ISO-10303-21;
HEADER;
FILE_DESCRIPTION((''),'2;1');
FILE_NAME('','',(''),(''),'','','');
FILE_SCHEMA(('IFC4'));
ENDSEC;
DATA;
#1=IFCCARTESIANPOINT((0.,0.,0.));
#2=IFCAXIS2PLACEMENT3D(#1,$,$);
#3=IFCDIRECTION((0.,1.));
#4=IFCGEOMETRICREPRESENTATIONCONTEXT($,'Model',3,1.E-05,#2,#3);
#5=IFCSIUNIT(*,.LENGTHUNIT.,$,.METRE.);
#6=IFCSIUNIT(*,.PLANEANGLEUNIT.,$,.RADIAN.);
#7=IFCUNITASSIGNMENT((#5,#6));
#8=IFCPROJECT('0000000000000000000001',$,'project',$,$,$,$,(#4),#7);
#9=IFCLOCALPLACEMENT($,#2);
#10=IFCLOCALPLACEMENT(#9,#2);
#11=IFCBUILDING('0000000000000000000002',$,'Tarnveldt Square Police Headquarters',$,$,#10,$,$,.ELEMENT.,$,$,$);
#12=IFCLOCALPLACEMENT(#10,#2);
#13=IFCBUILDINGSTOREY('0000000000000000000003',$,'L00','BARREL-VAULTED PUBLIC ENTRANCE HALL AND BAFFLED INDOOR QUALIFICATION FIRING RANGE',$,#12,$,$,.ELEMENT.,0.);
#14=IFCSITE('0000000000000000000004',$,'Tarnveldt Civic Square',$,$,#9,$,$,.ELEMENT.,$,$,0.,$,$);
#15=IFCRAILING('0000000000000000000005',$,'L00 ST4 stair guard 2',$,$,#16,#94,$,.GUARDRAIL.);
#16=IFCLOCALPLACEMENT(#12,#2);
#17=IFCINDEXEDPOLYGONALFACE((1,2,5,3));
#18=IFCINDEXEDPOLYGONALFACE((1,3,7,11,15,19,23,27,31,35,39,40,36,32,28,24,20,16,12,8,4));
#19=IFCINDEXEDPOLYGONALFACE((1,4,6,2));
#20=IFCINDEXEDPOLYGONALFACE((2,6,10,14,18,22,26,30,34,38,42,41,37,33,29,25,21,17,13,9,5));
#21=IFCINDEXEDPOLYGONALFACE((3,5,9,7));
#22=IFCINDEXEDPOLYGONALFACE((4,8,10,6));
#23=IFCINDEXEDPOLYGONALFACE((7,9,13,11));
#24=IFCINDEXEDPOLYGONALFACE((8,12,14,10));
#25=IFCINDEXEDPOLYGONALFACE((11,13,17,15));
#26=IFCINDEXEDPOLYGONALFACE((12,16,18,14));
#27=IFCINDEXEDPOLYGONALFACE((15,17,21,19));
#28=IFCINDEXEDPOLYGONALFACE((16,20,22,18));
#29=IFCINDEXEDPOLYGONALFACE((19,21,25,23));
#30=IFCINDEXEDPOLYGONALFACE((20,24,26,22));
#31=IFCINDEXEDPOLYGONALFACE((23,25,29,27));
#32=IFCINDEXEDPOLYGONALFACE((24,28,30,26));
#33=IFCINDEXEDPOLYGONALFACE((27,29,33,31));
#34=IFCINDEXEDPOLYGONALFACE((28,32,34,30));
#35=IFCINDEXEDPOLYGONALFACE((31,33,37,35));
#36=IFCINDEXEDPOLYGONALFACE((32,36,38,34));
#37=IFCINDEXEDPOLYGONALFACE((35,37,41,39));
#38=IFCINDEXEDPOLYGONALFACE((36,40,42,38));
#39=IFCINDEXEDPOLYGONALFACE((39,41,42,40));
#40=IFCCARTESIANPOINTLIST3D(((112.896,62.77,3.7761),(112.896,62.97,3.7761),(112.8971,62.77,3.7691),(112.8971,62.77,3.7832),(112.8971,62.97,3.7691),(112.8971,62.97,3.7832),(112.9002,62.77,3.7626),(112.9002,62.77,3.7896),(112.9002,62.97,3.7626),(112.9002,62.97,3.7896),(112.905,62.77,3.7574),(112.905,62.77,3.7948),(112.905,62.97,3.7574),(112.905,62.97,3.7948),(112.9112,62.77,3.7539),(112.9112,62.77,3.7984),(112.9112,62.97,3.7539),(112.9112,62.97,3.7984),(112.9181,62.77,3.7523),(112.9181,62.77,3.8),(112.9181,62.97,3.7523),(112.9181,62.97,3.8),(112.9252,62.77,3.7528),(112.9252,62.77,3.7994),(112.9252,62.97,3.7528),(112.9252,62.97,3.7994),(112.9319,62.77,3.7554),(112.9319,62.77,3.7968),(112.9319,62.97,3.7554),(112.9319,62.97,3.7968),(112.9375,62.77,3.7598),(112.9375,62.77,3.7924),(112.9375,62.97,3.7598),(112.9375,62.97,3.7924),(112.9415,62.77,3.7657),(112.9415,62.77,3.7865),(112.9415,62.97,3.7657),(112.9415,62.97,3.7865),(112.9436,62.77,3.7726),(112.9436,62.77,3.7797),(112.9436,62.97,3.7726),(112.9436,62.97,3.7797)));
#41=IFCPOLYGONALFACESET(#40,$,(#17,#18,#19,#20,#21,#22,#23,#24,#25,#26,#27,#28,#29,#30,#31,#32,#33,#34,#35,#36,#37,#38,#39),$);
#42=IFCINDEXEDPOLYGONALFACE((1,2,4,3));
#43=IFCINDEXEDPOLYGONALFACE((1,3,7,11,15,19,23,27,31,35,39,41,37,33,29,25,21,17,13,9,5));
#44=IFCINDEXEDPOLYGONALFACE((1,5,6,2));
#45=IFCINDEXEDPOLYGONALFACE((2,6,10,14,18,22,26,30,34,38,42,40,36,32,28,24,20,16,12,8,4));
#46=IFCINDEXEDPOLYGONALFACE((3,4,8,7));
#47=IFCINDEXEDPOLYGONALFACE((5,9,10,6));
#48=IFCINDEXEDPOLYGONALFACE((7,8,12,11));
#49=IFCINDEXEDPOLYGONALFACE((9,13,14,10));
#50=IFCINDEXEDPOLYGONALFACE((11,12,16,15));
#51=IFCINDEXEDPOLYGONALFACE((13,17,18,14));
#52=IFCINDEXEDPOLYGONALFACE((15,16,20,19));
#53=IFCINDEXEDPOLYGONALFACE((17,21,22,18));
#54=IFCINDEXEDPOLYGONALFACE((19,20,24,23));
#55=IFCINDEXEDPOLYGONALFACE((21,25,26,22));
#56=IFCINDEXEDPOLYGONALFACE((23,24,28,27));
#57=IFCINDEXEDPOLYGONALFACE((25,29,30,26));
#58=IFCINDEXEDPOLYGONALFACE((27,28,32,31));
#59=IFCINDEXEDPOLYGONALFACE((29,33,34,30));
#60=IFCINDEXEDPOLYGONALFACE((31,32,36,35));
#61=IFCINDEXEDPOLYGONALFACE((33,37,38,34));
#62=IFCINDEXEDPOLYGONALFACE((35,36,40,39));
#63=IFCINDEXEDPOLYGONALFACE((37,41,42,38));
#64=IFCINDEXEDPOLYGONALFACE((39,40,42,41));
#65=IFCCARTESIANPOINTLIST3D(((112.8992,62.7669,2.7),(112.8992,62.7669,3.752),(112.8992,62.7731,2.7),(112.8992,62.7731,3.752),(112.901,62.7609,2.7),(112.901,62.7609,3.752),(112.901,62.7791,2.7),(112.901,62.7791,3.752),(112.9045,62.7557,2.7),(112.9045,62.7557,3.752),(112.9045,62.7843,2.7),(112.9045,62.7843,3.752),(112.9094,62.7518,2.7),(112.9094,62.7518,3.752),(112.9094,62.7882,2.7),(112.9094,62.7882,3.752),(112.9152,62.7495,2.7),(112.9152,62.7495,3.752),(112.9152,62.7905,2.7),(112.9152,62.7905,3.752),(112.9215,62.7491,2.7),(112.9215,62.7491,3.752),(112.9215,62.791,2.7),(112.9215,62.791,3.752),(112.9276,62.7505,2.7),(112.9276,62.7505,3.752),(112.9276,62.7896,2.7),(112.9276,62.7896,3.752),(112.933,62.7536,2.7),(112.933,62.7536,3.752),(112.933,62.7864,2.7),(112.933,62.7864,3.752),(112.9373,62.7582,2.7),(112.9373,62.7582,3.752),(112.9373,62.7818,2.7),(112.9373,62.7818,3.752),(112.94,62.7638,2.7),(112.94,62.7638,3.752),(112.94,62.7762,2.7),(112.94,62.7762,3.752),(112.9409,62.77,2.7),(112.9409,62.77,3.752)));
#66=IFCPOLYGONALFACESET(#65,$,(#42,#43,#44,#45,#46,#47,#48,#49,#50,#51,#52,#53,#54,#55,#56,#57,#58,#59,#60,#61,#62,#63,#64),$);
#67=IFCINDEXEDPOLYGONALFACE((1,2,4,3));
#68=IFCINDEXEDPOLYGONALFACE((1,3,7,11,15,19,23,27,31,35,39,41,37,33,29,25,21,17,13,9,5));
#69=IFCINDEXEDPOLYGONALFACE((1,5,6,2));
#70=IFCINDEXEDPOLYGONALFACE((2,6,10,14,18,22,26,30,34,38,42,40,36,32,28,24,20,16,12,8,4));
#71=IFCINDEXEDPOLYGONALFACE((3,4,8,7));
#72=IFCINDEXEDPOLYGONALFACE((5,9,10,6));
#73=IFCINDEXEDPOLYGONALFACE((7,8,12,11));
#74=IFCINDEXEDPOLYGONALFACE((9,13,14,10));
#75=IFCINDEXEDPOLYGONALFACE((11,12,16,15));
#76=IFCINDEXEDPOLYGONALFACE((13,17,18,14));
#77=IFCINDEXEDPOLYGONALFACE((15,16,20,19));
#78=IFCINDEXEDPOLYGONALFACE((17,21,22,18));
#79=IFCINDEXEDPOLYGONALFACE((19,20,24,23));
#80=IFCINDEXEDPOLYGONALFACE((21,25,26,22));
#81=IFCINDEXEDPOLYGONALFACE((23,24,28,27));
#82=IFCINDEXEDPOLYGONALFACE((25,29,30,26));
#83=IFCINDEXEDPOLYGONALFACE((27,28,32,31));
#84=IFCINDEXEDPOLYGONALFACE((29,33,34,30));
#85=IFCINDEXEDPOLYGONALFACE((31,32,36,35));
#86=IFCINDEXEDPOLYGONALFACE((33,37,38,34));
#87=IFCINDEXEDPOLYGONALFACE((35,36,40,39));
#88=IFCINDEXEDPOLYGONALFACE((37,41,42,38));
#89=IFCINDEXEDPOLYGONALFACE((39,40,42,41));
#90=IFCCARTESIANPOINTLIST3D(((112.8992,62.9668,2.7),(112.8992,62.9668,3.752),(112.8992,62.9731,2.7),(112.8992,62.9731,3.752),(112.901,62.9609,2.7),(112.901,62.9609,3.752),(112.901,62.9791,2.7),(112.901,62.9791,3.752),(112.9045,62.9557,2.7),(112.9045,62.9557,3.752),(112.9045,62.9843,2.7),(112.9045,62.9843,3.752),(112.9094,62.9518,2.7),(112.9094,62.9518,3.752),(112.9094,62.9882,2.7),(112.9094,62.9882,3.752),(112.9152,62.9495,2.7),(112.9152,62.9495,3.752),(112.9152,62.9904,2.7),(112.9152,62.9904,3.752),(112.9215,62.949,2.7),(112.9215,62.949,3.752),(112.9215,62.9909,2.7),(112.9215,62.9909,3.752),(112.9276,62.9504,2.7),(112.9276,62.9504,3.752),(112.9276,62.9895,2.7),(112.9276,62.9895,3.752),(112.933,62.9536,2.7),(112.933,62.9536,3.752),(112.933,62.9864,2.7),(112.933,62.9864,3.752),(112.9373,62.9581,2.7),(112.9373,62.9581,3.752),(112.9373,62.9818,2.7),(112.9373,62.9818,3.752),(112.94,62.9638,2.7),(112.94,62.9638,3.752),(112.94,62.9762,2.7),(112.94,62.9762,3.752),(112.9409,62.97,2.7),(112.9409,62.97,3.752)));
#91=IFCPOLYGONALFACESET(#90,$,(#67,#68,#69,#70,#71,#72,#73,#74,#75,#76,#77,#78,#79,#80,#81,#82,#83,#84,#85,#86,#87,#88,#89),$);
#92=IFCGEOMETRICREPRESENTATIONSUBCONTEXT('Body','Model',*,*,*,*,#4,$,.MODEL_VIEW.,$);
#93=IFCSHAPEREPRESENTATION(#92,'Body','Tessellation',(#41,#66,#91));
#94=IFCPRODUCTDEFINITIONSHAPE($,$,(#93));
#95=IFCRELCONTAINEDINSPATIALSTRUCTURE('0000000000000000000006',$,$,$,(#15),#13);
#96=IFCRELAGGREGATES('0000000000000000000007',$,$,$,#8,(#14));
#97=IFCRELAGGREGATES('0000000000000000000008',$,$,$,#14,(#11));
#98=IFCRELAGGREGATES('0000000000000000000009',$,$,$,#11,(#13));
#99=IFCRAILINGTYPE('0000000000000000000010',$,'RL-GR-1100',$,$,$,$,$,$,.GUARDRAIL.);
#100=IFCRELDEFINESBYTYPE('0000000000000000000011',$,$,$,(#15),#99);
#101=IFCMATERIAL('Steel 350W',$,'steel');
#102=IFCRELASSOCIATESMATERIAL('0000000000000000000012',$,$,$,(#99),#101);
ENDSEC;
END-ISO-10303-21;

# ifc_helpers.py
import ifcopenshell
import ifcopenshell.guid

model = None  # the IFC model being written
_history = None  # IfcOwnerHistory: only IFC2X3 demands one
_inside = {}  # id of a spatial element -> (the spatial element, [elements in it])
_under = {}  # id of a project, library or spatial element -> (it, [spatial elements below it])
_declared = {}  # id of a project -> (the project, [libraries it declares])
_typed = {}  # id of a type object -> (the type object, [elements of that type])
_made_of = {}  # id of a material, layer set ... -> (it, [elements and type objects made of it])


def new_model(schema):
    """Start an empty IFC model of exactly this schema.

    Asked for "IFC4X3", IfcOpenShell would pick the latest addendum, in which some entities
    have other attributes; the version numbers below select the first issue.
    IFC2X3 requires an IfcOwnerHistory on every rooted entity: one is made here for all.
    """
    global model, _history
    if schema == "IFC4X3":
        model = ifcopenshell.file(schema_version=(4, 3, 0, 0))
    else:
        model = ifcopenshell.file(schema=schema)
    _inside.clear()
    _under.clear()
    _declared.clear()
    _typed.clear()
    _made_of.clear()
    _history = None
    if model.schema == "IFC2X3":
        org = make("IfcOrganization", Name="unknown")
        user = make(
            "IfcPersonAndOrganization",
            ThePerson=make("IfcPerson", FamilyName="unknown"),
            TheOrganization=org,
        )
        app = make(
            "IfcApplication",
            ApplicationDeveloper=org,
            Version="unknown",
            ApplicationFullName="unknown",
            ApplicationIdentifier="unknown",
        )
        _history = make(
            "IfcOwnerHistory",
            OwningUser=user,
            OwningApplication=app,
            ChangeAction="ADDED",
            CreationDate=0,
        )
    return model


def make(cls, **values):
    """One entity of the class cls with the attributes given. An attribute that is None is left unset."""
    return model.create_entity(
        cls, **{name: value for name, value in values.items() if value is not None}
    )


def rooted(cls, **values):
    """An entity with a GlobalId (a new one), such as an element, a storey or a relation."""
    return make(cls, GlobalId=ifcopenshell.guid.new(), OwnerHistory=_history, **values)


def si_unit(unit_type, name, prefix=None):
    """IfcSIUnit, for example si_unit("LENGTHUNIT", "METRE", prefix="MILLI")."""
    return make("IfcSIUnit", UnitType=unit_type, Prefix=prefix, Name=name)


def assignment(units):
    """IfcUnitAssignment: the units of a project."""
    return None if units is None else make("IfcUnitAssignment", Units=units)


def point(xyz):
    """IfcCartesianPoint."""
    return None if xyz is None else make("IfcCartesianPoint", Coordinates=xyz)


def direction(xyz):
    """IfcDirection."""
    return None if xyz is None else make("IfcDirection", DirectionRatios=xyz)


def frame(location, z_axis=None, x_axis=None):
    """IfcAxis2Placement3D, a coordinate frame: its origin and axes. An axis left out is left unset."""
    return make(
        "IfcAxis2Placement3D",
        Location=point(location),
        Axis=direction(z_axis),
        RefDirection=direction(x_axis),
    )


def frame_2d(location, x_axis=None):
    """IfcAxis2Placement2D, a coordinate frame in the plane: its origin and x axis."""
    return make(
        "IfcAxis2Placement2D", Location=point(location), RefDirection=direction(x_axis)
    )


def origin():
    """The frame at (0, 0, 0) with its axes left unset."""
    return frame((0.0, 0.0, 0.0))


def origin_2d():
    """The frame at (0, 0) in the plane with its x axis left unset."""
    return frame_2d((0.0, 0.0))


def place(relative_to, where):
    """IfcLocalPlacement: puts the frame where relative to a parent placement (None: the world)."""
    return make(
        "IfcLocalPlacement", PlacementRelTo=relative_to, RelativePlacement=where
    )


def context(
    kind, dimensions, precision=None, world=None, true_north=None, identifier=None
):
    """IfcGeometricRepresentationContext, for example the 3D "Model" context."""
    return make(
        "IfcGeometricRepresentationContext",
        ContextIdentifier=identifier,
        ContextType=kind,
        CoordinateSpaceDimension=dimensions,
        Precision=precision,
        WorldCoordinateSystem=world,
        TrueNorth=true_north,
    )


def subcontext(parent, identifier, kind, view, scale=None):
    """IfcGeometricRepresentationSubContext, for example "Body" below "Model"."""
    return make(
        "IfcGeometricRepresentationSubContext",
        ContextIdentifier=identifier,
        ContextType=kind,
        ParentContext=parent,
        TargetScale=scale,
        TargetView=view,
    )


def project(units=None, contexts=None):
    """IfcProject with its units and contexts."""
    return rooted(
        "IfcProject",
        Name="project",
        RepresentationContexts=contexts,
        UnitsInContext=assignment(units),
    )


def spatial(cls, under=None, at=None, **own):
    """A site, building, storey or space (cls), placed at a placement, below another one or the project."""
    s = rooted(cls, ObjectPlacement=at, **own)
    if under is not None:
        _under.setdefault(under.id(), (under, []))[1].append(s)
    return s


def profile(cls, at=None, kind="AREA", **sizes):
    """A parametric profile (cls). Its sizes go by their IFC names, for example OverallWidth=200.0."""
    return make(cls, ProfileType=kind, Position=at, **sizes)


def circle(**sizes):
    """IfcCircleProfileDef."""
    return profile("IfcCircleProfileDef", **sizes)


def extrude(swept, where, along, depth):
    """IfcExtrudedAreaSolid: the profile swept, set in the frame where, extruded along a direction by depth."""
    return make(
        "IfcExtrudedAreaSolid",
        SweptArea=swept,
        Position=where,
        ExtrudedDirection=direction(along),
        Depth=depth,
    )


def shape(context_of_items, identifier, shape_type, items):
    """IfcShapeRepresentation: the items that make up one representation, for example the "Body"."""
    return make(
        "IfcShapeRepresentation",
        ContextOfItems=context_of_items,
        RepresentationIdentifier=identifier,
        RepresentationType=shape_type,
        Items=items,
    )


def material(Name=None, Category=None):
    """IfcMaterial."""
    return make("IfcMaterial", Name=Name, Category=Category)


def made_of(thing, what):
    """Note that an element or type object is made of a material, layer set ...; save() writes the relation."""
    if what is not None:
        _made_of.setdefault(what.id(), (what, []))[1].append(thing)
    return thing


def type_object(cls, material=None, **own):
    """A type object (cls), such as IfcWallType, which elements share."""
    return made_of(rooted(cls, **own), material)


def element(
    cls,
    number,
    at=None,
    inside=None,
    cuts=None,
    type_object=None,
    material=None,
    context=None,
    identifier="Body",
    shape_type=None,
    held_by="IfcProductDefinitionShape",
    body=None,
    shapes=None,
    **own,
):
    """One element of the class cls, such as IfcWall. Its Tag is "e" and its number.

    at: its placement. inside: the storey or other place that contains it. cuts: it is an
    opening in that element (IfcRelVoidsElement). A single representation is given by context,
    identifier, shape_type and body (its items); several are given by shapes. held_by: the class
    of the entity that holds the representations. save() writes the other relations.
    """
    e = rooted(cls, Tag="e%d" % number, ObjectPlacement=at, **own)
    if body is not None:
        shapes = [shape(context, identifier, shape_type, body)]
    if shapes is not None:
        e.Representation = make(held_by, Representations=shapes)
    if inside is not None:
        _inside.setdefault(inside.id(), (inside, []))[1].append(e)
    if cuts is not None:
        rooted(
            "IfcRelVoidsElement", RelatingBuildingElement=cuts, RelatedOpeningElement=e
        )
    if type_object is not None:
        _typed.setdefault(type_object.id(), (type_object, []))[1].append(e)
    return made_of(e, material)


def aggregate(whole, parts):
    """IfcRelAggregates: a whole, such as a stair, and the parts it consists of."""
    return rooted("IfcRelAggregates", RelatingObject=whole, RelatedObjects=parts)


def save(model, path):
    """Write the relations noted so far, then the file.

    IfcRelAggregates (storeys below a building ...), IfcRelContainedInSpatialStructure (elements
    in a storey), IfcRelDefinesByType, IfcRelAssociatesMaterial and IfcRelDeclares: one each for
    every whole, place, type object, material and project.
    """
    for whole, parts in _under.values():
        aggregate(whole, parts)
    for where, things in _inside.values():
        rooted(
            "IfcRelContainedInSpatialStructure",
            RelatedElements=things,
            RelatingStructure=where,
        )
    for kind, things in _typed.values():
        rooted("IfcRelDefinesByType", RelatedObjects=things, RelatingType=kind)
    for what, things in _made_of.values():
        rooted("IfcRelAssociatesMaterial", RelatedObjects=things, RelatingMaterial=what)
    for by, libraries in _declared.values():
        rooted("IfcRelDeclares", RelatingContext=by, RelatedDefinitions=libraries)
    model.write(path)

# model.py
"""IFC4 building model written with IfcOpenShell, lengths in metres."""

from ifc_helpers import new_model, si_unit, direction, frame, origin, origin_2d, place, context, subcontext, project, spatial, circle, extrude, material, type_object, element, save


model = new_model("IFC4")

# Units and contexts
model_context = context("Model", 3, precision=1e-05, world=origin(), true_north=direction((0.0, 1.0)))
body_context = subcontext(model_context, "Body", "Model", "MODEL_VIEW")
ifc_project = project(units=[si_unit("LENGTHUNIT", "METRE"), si_unit("PLANEANGLEUNIT", "RADIAN")], contexts=[model_context])

# Site, building, storey
site_placement = place(None, origin())
site = spatial("IfcSite", under=ifc_project, at=site_placement, Name="Tarnveldt Civic Square", CompositionType="ELEMENT", RefElevation=0.0)
building_placement = place(site_placement, origin())
building = spatial("IfcBuilding", under=site, at=building_placement, Name="Tarnveldt Square Police Headquarters", CompositionType="ELEMENT")
storey_placement = place(building_placement, origin())
storey = spatial("IfcBuildingStorey", under=building, at=storey_placement, Name="L00", Description="BARREL-VAULTED PUBLIC ENTRANCE HALL AND BAFFLED INDOOR QUALIFICATION FIRING RANGE", CompositionType="ELEMENT", Elevation=0.0)

# Railing
ifc_material_1 = material(Name="Steel 350W", Category="steel")
railing_type_1 = type_object("IfcRailingType", Name="RL-GR-1100", PredefinedType="GUARDRAIL", material=ifc_material_1)
railing_1_placement = place(storey_placement, frame((112.9199, 62.77, 2.7)))
element("IfcRailing", 1, at=railing_1_placement, inside=storey, type_object=railing_type_1, Name="L00 ST4 stair guard 2", PredefinedType="GUARDRAIL", context=body_context, shape_type="SweptSolid", body=[
    extrude(circle(Radius=0.0239, at=origin_2d()), frame((0.0, 0.0, 1.0762), z_axis=(0.0, 1.0, 0.0), x_axis=(-1.0, 0.0, 0.0)), (0.0, 0.0, 1.0), 0.2),
    extrude(circle(Radius=0.021, at=origin_2d()), origin(), (0.0, 0.0, 1.0), 1.052),
    extrude(circle(Radius=0.021, at=origin_2d()), frame((0.0, 0.2, 0.0)), (0.0, 0.0, 1.0), 1.052),
])

save(model, "model.ifc")
